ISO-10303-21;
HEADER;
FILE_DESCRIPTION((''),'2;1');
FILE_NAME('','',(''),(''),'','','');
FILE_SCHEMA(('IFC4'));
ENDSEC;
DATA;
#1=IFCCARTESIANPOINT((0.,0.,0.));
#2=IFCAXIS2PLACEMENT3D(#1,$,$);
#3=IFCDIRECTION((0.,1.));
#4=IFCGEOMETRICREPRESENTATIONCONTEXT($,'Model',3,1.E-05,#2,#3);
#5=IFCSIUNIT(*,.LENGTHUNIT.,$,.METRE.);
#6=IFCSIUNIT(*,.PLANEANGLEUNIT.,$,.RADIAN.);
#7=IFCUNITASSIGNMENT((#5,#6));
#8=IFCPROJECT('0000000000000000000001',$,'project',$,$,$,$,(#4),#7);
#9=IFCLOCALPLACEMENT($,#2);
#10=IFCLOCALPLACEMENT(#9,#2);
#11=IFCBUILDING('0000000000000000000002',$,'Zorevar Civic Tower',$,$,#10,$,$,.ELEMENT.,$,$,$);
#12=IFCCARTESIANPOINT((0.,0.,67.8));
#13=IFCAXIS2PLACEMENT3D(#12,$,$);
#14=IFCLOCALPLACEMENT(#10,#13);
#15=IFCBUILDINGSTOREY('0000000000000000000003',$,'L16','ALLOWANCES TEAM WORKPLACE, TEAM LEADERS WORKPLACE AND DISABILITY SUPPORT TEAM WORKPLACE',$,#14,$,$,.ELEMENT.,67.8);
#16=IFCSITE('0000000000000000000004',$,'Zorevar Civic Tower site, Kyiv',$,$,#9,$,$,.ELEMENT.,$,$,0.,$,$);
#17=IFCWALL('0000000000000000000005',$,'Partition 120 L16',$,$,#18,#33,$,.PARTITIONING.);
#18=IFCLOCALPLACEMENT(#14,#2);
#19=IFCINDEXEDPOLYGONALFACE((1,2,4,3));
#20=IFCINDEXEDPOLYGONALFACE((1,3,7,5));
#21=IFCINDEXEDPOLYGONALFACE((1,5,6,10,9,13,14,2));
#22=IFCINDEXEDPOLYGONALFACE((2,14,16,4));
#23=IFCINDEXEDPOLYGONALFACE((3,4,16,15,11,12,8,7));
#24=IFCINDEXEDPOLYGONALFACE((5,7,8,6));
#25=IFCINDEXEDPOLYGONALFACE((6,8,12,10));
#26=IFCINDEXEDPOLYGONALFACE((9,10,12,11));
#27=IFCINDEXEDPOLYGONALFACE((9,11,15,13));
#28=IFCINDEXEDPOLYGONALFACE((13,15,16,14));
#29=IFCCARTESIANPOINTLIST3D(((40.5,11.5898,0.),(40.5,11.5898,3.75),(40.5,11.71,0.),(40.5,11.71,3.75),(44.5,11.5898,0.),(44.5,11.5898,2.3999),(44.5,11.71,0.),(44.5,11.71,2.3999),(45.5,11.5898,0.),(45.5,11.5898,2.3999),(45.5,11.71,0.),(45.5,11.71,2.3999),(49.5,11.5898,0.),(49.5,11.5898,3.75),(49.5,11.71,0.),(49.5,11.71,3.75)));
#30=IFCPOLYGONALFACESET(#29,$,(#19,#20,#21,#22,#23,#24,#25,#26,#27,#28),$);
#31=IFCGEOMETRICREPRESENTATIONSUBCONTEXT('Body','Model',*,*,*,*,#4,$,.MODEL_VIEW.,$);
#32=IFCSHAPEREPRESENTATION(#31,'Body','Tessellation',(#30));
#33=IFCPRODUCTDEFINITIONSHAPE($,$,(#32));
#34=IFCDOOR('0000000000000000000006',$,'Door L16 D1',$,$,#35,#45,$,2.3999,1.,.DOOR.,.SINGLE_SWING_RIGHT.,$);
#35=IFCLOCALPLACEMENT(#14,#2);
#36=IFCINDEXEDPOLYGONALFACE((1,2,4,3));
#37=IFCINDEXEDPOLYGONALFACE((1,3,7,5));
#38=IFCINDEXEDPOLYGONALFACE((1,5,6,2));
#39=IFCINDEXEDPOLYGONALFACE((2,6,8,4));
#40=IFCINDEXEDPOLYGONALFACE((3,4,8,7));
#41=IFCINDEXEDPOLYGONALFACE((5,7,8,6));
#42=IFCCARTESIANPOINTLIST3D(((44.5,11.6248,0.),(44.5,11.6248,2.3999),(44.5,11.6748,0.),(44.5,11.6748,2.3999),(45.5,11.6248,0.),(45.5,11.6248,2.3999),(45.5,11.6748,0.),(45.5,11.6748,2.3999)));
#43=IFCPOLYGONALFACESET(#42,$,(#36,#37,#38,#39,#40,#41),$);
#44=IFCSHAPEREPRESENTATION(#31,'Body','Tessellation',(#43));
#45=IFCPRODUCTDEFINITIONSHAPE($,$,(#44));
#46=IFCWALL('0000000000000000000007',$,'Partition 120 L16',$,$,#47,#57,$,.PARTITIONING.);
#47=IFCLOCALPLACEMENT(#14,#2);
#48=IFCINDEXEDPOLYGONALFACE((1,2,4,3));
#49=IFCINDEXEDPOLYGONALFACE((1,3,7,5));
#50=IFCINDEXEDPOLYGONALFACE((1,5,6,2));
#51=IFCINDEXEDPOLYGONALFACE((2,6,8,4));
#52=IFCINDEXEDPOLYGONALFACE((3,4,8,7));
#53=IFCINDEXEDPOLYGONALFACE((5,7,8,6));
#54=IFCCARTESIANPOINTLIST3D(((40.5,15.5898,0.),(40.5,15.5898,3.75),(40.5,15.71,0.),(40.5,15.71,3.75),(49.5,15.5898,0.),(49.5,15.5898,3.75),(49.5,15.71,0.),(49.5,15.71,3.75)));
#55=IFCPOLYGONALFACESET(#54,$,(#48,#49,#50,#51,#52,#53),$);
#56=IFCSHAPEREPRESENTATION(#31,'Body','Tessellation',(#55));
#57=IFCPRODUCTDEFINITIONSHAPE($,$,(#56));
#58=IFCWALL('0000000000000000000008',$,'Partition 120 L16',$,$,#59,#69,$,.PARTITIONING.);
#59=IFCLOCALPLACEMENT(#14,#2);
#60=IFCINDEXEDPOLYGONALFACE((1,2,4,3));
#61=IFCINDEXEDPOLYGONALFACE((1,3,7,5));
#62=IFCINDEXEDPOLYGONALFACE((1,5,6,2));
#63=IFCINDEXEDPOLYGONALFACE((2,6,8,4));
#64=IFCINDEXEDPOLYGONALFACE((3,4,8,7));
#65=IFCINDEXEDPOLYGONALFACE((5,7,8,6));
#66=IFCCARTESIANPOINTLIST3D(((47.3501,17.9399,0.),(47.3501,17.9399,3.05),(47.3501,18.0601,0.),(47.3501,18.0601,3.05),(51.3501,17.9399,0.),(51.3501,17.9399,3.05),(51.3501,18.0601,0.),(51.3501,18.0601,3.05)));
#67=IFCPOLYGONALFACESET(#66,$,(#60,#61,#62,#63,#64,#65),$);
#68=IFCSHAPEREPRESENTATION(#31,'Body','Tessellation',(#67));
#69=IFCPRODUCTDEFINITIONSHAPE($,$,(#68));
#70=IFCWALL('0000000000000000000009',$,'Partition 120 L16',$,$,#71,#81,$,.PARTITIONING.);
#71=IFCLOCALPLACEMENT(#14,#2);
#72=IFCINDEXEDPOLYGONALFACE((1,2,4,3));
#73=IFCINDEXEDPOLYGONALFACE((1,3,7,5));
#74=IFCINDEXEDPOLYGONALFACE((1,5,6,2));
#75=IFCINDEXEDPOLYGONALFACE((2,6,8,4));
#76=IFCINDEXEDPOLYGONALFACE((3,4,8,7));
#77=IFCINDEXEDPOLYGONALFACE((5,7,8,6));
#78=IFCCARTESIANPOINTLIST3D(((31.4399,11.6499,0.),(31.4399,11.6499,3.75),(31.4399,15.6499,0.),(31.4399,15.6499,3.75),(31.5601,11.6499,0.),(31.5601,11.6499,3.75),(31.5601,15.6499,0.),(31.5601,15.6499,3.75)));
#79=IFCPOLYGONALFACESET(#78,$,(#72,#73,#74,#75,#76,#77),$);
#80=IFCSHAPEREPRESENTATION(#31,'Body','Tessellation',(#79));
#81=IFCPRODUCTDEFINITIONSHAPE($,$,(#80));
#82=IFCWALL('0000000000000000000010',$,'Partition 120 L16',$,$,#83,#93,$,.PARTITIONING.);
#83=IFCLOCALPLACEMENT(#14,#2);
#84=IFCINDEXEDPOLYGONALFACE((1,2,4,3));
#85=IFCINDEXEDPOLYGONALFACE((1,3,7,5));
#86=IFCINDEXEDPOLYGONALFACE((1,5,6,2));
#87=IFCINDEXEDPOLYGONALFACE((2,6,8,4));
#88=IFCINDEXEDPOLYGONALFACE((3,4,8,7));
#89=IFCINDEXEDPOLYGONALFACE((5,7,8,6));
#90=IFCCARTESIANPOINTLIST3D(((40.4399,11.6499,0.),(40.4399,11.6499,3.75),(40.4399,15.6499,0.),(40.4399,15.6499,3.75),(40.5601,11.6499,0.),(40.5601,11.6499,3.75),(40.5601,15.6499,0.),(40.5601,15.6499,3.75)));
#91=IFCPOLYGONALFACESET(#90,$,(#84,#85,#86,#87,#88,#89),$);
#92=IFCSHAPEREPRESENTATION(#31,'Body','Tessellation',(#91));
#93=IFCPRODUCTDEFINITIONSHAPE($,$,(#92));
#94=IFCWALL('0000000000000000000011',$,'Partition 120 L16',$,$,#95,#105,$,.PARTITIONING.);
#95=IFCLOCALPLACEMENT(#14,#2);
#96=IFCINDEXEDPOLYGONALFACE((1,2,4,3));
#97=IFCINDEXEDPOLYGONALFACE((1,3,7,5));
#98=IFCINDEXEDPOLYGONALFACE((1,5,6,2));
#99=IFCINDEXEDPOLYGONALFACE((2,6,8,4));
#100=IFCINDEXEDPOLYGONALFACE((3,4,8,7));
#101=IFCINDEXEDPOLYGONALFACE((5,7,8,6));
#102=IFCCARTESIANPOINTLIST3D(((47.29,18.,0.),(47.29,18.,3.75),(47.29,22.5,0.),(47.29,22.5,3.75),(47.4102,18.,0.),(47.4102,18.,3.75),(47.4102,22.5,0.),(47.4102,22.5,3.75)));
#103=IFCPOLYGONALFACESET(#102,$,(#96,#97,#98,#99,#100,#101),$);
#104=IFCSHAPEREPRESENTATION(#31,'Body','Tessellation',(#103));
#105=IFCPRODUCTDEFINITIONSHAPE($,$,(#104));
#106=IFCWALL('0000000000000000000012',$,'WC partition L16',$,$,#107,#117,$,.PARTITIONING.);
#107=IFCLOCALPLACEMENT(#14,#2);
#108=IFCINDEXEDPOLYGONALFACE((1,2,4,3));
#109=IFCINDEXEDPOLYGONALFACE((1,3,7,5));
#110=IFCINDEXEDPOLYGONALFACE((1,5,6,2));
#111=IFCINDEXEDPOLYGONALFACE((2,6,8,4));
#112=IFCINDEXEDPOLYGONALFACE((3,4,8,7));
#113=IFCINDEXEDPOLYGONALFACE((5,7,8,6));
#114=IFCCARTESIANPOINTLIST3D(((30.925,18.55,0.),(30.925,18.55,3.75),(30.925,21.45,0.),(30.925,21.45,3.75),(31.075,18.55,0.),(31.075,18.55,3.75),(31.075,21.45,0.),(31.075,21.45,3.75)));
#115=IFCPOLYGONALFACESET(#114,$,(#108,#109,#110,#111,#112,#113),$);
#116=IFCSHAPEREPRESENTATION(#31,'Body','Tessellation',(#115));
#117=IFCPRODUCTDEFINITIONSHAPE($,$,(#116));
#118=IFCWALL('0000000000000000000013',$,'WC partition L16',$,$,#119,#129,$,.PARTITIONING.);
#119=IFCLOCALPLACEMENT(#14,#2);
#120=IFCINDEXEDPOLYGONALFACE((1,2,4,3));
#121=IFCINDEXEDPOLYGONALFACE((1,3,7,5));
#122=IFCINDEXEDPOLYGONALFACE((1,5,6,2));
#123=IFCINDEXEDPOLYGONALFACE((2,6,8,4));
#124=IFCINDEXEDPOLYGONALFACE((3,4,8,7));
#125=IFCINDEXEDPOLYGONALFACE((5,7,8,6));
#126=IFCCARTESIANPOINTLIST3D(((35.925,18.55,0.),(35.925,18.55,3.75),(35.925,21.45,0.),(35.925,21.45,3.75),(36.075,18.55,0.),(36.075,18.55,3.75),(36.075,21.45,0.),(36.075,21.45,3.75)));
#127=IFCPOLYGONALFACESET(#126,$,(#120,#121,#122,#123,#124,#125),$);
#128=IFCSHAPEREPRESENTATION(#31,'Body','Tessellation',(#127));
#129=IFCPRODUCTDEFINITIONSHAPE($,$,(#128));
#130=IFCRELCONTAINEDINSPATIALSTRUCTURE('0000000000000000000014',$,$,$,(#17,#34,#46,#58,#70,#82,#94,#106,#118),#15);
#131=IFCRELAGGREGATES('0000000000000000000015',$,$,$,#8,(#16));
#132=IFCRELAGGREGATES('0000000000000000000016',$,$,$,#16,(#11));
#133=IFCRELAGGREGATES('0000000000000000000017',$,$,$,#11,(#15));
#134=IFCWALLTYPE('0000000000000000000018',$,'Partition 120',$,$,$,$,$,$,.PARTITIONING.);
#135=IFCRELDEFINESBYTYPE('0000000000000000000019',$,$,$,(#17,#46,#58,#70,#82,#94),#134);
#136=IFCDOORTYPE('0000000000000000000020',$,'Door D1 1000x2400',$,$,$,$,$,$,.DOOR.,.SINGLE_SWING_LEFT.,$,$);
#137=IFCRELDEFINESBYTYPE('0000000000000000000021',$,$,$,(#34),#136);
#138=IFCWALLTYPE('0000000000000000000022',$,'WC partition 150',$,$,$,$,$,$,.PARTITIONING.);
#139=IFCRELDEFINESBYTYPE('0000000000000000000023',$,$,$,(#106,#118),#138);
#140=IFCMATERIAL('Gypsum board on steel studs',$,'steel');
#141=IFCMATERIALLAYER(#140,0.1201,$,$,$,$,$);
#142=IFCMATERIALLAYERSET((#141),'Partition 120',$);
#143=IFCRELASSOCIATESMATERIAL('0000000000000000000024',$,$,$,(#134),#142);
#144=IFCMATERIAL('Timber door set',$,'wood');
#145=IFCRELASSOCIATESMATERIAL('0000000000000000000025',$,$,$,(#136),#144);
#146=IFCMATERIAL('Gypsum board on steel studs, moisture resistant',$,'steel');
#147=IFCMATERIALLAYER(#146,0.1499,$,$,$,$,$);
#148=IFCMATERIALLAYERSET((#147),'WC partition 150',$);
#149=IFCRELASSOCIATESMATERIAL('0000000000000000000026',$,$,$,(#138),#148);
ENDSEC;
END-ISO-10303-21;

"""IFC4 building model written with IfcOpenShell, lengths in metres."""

from ifc_helpers import new_model, si_unit, direction, frame, frame_2d, origin, place, context, subcontext, project, spatial, rectangle, extrude, material, layer, layer_set, type_object, element, fill, save


model = new_model("IFC4")

# Units and contexts
model_context = context("Model", 3, precision=1e-05, world=origin(), true_north=direction((0.0, 1.0)))
body_context = subcontext(model_context, "Body", "Model", "MODEL_VIEW")
ifc_project = project(units=[si_unit("LENGTHUNIT", "METRE"), si_unit("PLANEANGLEUNIT", "RADIAN")], contexts=[model_context])

# Site, building, storey
site_placement = place(None, origin())
site = spatial("IfcSite", under=ifc_project, at=site_placement, Name="Zorevar Civic Tower site, Kyiv", CompositionType="ELEMENT", RefElevation=0.0)
building_placement = place(site_placement, origin())
building = spatial("IfcBuilding", under=site, at=building_placement, Name="Zorevar Civic Tower", CompositionType="ELEMENT")
storey_placement = place(building_placement, frame((0.0, 0.0, 67.8)))
storey = spatial("IfcBuildingStorey", under=building, at=storey_placement, Name="L16", Description="ALLOWANCES TEAM WORKPLACE, TEAM LEADERS WORKPLACE AND DISABILITY SUPPORT TEAM WORKPLACE", CompositionType="ELEMENT", Elevation=67.8)

# Wall, opening, door
ifc_material_1 = material(Name="Gypsum board on steel studs", Category="steel")
ifc_layer_1 = layer(ifc_material_1, 0.1201)
ifc_layer_set_1 = layer_set([ifc_layer_1], Name="Partition 120")
wall_type_1 = type_object("IfcWallType", Name="Partition 120", PredefinedType="PARTITIONING", material=ifc_layer_set_1)
wall_1_placement = place(storey_placement, frame((40.5, 11.6499, 0.0), z_axis=(0.0, 0.0, 1.0), x_axis=(1.0, 0.0, 0.0)))
wall_1 = element("IfcWall", 1, at=wall_1_placement, inside=storey, type_object=wall_type_1, Name="Partition 120 L16", PredefinedType="PARTITIONING", context=body_context, shape_type="SweptSolid", body=[
    extrude(rectangle(XDim=9.0, YDim=0.1201, at=frame_2d((4.5, 0.0))), origin(), (0.0, 0.0, 1.0), 3.75),
])
opening_1_placement = place(wall_1_placement, frame((4.0, 0.0, 0.0)))
opening_1 = element("IfcOpeningElement", 2, at=opening_1_placement, cuts=wall_1, PredefinedType="OPENING", context=body_context, shape_type="SweptSolid", body=[
    extrude(rectangle(XDim=1.0, YDim=2.3999, at=frame_2d((0.5, 1.2))), frame((0.0, 0.0701, 0.0), z_axis=(0.0, -1.0, 0.0), x_axis=(1.0, 0.0, 0.0)), (0.0, 0.0, 1.0), 0.1401),
])
ifc_material_2 = material(Name="Timber door set", Category="wood")
door_type_1 = type_object("IfcDoorType", Name="Door D1 1000x2400", OperationType="SINGLE_SWING_LEFT", PredefinedType="DOOR", material=ifc_material_2)
door_1_placement = place(opening_1_placement, origin())
door_1 = element("IfcDoor", 3, at=door_1_placement, inside=storey, type_object=door_type_1, Name="Door L16 D1", OperationType="SINGLE_SWING_RIGHT", OverallHeight=2.3999, OverallWidth=1.0, PredefinedType="DOOR", context=body_context, shape_type="SweptSolid", body=[
    extrude(rectangle(XDim=1.0, YDim=2.3999, at=frame_2d((0.5, 1.2))), frame((0.0, 0.0249, 0.0), z_axis=(0.0, -1.0, 0.0), x_axis=(1.0, 0.0, 0.0)), (0.0, 0.0, 1.0), 0.05),
])
fill(opening_1, door_1)

# Walls
wall_2_placement = place(storey_placement, frame((40.5, 15.6499, 0.0), z_axis=(0.0, 0.0, 1.0), x_axis=(1.0, 0.0, 0.0)))
element("IfcWall", 4, at=wall_2_placement, inside=storey, type_object=wall_type_1, Name="Partition 120 L16", PredefinedType="PARTITIONING", context=body_context, shape_type="SweptSolid", body=[
    extrude(rectangle(XDim=9.0, YDim=0.1201, at=frame_2d((4.5, 0.0))), origin(), (0.0, 0.0, 1.0), 3.75),
])
wall_3_placement = place(storey_placement, frame((47.3501, 18.0, 0.0), z_axis=(0.0, 0.0, 1.0), x_axis=(1.0, 0.0, 0.0)))
element("IfcWall", 5, at=wall_3_placement, inside=storey, type_object=wall_type_1, Name="Partition 120 L16", PredefinedType="PARTITIONING", context=body_context, shape_type="SweptSolid", body=[
    extrude(rectangle(XDim=4.0, YDim=0.1201, at=frame_2d((2.0, 0.0))), origin(), (0.0, 0.0, 1.0), 3.05),
])
for number, where, z_axis, x_axis, name in (
    (6, (31.5, 11.6499, 0.0), (0.0, 0.0, 1.0), (0.0, 1.0, 0.0), "Partition 120 L16"),
    (7, (40.5, 11.6499, 0.0), (0.0, 0.0, 1.0), (0.0, 1.0, 0.0), "Partition 120 L16"),
):
    element("IfcWall", number, at=place(storey_placement, frame(where, z_axis=z_axis, x_axis=x_axis)), inside=storey, type_object=wall_type_1, Name=name, PredefinedType="PARTITIONING", context=body_context, shape_type="SweptSolid", body=[
        extrude(rectangle(XDim=4.0, YDim=0.1201, at=frame_2d((2.0, 0.0))), origin(), (0.0, 0.0, 1.0), 3.75),
    ])
wall_4_placement = place(storey_placement, frame((47.3501, 18.0, 0.0), z_axis=(0.0, 0.0, 1.0), x_axis=(0.0, 1.0, 0.0)))
element("IfcWall", 8, at=wall_4_placement, inside=storey, type_object=wall_type_1, Name="Partition 120 L16", PredefinedType="PARTITIONING", context=body_context, shape_type="SweptSolid", body=[
    extrude(rectangle(XDim=4.5, YDim=0.1201, at=frame_2d((2.25, 0.0))), origin(), (0.0, 0.0, 1.0), 3.75),
])
ifc_material_3 = material(Name="Gypsum board on steel studs, moisture resistant", Category="steel")
ifc_layer_2 = layer(ifc_material_3, 0.1499)
ifc_layer_set_2 = layer_set([ifc_layer_2], Name="WC partition 150")
wall_type_2 = type_object("IfcWallType", Name="WC partition 150", PredefinedType="PARTITIONING", material=ifc_layer_set_2)
for number, where, z_axis, x_axis, name in (
    (9, (31.0, 18.55, 0.0), (0.0, 0.0, 1.0), (0.0, 1.0, 0.0), "WC partition L16"),
    (10, (36.0, 18.55, 0.0), (0.0, 0.0, 1.0), (0.0, 1.0, 0.0), "WC partition L16"),
):
    element("IfcWall", number, at=place(storey_placement, frame(where, z_axis=z_axis, x_axis=x_axis)), inside=storey, type_object=wall_type_2, Name=name, PredefinedType="PARTITIONING", context=body_context, shape_type="SweptSolid", body=[
        extrude(rectangle(XDim=2.8999, YDim=0.1499, at=frame_2d((1.45, 0.0))), origin(), (0.0, 0.0, 1.0), 3.75),
    ])

save(model, "model.ifc")
